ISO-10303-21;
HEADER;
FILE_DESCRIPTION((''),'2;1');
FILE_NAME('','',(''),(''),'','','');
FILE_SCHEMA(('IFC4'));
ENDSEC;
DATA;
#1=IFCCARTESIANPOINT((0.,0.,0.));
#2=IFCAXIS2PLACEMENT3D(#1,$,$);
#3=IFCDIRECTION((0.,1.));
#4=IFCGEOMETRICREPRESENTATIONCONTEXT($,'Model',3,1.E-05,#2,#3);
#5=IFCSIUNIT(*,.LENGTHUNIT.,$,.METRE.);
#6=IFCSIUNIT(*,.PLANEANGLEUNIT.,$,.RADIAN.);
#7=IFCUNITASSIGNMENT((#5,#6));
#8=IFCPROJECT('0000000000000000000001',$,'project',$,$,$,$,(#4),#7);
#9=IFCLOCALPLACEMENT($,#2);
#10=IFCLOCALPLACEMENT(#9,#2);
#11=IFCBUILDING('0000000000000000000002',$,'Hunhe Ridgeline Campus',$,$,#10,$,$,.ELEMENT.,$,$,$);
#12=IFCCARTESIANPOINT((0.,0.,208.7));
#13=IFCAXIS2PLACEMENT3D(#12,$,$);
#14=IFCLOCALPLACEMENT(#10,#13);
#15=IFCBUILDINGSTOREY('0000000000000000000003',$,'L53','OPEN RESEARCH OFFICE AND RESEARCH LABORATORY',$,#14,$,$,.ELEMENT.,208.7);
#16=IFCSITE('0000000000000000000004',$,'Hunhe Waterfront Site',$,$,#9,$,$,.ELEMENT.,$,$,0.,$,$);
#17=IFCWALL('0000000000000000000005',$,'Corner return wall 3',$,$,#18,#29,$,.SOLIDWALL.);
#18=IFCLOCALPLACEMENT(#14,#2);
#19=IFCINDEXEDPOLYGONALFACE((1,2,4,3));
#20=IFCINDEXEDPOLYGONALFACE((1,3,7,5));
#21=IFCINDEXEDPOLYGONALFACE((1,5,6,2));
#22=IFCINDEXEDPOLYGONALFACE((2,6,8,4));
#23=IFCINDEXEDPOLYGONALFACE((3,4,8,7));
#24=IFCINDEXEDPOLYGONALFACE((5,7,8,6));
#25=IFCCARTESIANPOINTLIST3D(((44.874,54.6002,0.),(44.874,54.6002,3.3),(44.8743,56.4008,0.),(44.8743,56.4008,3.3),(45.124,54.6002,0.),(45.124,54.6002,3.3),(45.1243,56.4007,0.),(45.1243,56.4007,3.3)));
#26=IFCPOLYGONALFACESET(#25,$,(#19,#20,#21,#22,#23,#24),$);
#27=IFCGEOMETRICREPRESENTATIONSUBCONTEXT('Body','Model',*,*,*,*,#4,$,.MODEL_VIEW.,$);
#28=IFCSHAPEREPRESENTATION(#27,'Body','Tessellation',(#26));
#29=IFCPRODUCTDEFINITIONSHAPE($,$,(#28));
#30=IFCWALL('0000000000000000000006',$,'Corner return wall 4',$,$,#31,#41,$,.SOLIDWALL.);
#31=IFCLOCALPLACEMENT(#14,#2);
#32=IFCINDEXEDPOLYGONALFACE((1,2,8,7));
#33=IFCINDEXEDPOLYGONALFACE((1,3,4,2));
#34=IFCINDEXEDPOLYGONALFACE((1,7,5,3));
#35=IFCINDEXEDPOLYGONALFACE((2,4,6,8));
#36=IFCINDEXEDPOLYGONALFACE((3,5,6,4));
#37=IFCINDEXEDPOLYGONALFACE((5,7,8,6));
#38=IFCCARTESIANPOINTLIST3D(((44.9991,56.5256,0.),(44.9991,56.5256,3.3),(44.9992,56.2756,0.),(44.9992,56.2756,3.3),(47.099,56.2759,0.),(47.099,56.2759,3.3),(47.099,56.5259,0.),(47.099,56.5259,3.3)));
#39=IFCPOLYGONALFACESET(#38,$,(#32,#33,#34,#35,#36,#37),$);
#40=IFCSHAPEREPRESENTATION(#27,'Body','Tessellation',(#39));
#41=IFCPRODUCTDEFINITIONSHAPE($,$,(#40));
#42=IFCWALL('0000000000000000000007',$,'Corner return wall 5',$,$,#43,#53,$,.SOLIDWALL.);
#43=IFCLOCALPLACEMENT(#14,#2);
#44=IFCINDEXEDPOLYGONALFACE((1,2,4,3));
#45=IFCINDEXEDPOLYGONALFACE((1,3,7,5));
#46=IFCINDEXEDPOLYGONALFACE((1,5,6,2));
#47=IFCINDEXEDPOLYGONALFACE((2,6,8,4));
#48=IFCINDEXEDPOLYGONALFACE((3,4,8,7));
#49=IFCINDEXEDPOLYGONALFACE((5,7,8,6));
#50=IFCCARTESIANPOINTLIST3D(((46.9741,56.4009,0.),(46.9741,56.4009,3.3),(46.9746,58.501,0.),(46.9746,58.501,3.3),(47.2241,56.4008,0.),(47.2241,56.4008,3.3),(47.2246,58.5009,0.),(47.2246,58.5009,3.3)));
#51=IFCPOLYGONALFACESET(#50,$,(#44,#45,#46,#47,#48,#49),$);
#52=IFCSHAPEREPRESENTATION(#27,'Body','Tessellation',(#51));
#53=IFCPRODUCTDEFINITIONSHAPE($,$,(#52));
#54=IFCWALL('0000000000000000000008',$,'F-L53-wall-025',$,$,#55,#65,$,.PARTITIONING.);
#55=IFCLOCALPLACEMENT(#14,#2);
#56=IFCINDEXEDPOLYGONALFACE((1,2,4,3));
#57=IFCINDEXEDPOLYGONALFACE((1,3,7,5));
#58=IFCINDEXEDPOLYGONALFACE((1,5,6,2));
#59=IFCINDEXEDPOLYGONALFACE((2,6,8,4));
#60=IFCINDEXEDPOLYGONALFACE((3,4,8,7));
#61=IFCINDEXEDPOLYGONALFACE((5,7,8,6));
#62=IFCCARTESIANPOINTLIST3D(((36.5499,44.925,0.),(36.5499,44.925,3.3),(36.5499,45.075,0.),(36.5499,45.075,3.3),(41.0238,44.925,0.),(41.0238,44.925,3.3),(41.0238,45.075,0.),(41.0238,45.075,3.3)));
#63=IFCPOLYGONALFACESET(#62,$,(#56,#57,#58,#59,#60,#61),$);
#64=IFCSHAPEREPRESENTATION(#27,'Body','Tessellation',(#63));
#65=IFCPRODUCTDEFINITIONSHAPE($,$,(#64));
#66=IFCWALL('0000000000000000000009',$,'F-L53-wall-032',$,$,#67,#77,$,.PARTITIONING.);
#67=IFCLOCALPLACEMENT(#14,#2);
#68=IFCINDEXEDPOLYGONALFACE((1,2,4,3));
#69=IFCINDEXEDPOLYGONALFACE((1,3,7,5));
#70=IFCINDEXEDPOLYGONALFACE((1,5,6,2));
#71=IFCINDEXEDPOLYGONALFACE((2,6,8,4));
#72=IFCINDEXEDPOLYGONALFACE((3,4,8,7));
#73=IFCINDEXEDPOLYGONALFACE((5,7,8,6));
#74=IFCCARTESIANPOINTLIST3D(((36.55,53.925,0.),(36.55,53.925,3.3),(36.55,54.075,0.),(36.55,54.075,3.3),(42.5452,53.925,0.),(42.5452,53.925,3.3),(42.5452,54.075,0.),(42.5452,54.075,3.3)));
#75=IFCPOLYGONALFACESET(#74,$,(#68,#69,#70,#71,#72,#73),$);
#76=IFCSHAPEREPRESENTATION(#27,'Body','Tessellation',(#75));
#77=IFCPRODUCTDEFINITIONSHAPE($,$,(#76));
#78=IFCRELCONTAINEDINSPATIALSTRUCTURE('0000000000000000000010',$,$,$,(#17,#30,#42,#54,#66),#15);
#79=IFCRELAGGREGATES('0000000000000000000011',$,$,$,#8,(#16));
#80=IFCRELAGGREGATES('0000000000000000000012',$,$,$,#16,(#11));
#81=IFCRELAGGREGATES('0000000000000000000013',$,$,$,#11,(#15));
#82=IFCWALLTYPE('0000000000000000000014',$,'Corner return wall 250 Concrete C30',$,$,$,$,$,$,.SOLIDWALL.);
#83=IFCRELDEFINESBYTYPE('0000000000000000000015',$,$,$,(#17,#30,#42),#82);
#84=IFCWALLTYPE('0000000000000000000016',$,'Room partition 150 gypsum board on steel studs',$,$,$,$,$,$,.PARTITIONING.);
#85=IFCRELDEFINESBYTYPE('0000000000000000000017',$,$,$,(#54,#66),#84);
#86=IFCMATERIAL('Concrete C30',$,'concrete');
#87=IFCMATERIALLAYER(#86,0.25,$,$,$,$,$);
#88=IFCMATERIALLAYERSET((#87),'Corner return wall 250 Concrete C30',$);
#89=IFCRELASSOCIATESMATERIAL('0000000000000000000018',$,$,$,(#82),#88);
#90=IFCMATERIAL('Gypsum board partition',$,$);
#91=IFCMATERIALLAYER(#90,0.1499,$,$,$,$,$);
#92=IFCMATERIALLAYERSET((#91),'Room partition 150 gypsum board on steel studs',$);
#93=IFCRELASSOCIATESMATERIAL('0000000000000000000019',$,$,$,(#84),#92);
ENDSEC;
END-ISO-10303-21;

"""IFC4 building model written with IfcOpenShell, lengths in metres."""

from ifc_helpers import new_model, si_unit, direction, frame, frame_2d, origin, place, context, subcontext, project, spatial, rectangle, extrude, material, layer, layer_set, type_object, element, save


model = new_model("IFC4")

# Units and contexts
model_context = context("Model", 3, precision=1e-05, world=origin(), true_north=direction((0.0, 1.0)))
body_context = subcontext(model_context, "Body", "Model", "MODEL_VIEW")
ifc_project = project(units=[si_unit("LENGTHUNIT", "METRE"), si_unit("PLANEANGLEUNIT", "RADIAN")], contexts=[model_context])

# Site, building, storey
site_placement = place(None, origin())
site = spatial("IfcSite", under=ifc_project, at=site_placement, Name="Hunhe Waterfront Site", CompositionType="ELEMENT", RefElevation=0.0)
building_placement = place(site_placement, origin())
building = spatial("IfcBuilding", under=site, at=building_placement, Name="Hunhe Ridgeline Campus", CompositionType="ELEMENT")
storey_placement = place(building_placement, frame((0.0, 0.0, 208.7)))
storey = spatial("IfcBuildingStorey", under=building, at=storey_placement, Name="L53", Description="OPEN RESEARCH OFFICE AND RESEARCH LABORATORY", CompositionType="ELEMENT", Elevation=208.7)

# Walls
ifc_material_1 = material(Name="Concrete C30", Category="concrete")
ifc_layer_1 = layer(ifc_material_1, 0.25)
ifc_layer_set_1 = layer_set([ifc_layer_1], Name="Corner return wall 250 Concrete C30")
wall_type_1 = type_object("IfcWallType", Name="Corner return wall 250 Concrete C30", PredefinedType="SOLIDWALL", material=ifc_layer_set_1)
wall_1_placement = place(storey_placement, frame((44.999, 54.6001, 0.0), z_axis=(0.0, 0.0, 1.0), x_axis=(0.000136, 1.0, 0.0)))
element("IfcWall", 1, at=wall_1_placement, inside=storey, type_object=wall_type_1, Name="Corner return wall 3", PredefinedType="SOLIDWALL", context=body_context, shape_type="SweptSolid", body=[
    extrude(rectangle(XDim=1.8005, YDim=0.25, at=frame_2d((0.9004, 0.0))), origin(), (0.0, 0.0, 1.0), 3.3),
])
wall_2_placement = place(storey_placement, frame((44.9993, 56.4006, 0.0), z_axis=(0.0, 0.0, 1.0), x_axis=(1.0, 0.000116, 0.0)))
element("IfcWall", 2, at=wall_2_placement, inside=storey, type_object=wall_type_1, Name="Corner return wall 4", PredefinedType="SOLIDWALL", context=body_context, shape_type="SweptSolid", body=[
    extrude(rectangle(XDim=2.0999, YDim=0.25, at=frame_2d((1.0498, 0.0))), origin(), (0.0, 0.0, 1.0), 3.3),
])
wall_3_placement = place(storey_placement, frame((47.0991, 56.4009, 0.0), z_axis=(0.0, 0.0, 1.0), x_axis=(0.000233, 1.0, 0.0)))
element("IfcWall", 3, at=wall_3_placement, inside=storey, type_object=wall_type_1, Name="Corner return wall 5", PredefinedType="SOLIDWALL", context=body_context, shape_type="SweptSolid", body=[
    extrude(rectangle(XDim=2.1001, YDim=0.25, at=frame_2d((1.05, 0.0))), origin(), (0.0, 0.0, 1.0), 3.3),
])
ifc_material_2 = material(Name="Gypsum board partition")
ifc_layer_2 = layer(ifc_material_2, 0.1499)
ifc_layer_set_2 = layer_set([ifc_layer_2], Name="Room partition 150 gypsum board on steel studs")
wall_type_2 = type_object("IfcWallType", Name="Room partition 150 gypsum board on steel studs", PredefinedType="PARTITIONING", material=ifc_layer_set_2)
wall_4_placement = place(storey_placement, frame((36.55, 45.0, 0.0), z_axis=(0.0, 0.0, 1.0), x_axis=(1.0, 0.0, 0.0)))
element("IfcWall", 4, at=wall_4_placement, inside=storey, type_object=wall_type_2, Name="F-L53-wall-025", PredefinedType="PARTITIONING", context=body_context, shape_type="SweptSolid", body=[
    extrude(rectangle(XDim=4.4739, YDim=0.1499, at=frame_2d((2.2368, 0.0))), origin(), (0.0, 0.0, 1.0), 3.3),
])
wall_5_placement = place(storey_placement, frame((36.55, 54.0, 0.0), z_axis=(0.0, 0.0, 1.0), x_axis=(1.0, 0.0, 0.0)))
element("IfcWall", 5, at=wall_5_placement, inside=storey, type_object=wall_type_2, Name="F-L53-wall-032", PredefinedType="PARTITIONING", context=body_context, shape_type="SweptSolid", body=[
    extrude(rectangle(XDim=5.9951, YDim=0.1499, at=frame_2d((2.9976, 0.0))), origin(), (0.0, 0.0, 1.0), 3.3),
])

save(model, "model.ifc")
